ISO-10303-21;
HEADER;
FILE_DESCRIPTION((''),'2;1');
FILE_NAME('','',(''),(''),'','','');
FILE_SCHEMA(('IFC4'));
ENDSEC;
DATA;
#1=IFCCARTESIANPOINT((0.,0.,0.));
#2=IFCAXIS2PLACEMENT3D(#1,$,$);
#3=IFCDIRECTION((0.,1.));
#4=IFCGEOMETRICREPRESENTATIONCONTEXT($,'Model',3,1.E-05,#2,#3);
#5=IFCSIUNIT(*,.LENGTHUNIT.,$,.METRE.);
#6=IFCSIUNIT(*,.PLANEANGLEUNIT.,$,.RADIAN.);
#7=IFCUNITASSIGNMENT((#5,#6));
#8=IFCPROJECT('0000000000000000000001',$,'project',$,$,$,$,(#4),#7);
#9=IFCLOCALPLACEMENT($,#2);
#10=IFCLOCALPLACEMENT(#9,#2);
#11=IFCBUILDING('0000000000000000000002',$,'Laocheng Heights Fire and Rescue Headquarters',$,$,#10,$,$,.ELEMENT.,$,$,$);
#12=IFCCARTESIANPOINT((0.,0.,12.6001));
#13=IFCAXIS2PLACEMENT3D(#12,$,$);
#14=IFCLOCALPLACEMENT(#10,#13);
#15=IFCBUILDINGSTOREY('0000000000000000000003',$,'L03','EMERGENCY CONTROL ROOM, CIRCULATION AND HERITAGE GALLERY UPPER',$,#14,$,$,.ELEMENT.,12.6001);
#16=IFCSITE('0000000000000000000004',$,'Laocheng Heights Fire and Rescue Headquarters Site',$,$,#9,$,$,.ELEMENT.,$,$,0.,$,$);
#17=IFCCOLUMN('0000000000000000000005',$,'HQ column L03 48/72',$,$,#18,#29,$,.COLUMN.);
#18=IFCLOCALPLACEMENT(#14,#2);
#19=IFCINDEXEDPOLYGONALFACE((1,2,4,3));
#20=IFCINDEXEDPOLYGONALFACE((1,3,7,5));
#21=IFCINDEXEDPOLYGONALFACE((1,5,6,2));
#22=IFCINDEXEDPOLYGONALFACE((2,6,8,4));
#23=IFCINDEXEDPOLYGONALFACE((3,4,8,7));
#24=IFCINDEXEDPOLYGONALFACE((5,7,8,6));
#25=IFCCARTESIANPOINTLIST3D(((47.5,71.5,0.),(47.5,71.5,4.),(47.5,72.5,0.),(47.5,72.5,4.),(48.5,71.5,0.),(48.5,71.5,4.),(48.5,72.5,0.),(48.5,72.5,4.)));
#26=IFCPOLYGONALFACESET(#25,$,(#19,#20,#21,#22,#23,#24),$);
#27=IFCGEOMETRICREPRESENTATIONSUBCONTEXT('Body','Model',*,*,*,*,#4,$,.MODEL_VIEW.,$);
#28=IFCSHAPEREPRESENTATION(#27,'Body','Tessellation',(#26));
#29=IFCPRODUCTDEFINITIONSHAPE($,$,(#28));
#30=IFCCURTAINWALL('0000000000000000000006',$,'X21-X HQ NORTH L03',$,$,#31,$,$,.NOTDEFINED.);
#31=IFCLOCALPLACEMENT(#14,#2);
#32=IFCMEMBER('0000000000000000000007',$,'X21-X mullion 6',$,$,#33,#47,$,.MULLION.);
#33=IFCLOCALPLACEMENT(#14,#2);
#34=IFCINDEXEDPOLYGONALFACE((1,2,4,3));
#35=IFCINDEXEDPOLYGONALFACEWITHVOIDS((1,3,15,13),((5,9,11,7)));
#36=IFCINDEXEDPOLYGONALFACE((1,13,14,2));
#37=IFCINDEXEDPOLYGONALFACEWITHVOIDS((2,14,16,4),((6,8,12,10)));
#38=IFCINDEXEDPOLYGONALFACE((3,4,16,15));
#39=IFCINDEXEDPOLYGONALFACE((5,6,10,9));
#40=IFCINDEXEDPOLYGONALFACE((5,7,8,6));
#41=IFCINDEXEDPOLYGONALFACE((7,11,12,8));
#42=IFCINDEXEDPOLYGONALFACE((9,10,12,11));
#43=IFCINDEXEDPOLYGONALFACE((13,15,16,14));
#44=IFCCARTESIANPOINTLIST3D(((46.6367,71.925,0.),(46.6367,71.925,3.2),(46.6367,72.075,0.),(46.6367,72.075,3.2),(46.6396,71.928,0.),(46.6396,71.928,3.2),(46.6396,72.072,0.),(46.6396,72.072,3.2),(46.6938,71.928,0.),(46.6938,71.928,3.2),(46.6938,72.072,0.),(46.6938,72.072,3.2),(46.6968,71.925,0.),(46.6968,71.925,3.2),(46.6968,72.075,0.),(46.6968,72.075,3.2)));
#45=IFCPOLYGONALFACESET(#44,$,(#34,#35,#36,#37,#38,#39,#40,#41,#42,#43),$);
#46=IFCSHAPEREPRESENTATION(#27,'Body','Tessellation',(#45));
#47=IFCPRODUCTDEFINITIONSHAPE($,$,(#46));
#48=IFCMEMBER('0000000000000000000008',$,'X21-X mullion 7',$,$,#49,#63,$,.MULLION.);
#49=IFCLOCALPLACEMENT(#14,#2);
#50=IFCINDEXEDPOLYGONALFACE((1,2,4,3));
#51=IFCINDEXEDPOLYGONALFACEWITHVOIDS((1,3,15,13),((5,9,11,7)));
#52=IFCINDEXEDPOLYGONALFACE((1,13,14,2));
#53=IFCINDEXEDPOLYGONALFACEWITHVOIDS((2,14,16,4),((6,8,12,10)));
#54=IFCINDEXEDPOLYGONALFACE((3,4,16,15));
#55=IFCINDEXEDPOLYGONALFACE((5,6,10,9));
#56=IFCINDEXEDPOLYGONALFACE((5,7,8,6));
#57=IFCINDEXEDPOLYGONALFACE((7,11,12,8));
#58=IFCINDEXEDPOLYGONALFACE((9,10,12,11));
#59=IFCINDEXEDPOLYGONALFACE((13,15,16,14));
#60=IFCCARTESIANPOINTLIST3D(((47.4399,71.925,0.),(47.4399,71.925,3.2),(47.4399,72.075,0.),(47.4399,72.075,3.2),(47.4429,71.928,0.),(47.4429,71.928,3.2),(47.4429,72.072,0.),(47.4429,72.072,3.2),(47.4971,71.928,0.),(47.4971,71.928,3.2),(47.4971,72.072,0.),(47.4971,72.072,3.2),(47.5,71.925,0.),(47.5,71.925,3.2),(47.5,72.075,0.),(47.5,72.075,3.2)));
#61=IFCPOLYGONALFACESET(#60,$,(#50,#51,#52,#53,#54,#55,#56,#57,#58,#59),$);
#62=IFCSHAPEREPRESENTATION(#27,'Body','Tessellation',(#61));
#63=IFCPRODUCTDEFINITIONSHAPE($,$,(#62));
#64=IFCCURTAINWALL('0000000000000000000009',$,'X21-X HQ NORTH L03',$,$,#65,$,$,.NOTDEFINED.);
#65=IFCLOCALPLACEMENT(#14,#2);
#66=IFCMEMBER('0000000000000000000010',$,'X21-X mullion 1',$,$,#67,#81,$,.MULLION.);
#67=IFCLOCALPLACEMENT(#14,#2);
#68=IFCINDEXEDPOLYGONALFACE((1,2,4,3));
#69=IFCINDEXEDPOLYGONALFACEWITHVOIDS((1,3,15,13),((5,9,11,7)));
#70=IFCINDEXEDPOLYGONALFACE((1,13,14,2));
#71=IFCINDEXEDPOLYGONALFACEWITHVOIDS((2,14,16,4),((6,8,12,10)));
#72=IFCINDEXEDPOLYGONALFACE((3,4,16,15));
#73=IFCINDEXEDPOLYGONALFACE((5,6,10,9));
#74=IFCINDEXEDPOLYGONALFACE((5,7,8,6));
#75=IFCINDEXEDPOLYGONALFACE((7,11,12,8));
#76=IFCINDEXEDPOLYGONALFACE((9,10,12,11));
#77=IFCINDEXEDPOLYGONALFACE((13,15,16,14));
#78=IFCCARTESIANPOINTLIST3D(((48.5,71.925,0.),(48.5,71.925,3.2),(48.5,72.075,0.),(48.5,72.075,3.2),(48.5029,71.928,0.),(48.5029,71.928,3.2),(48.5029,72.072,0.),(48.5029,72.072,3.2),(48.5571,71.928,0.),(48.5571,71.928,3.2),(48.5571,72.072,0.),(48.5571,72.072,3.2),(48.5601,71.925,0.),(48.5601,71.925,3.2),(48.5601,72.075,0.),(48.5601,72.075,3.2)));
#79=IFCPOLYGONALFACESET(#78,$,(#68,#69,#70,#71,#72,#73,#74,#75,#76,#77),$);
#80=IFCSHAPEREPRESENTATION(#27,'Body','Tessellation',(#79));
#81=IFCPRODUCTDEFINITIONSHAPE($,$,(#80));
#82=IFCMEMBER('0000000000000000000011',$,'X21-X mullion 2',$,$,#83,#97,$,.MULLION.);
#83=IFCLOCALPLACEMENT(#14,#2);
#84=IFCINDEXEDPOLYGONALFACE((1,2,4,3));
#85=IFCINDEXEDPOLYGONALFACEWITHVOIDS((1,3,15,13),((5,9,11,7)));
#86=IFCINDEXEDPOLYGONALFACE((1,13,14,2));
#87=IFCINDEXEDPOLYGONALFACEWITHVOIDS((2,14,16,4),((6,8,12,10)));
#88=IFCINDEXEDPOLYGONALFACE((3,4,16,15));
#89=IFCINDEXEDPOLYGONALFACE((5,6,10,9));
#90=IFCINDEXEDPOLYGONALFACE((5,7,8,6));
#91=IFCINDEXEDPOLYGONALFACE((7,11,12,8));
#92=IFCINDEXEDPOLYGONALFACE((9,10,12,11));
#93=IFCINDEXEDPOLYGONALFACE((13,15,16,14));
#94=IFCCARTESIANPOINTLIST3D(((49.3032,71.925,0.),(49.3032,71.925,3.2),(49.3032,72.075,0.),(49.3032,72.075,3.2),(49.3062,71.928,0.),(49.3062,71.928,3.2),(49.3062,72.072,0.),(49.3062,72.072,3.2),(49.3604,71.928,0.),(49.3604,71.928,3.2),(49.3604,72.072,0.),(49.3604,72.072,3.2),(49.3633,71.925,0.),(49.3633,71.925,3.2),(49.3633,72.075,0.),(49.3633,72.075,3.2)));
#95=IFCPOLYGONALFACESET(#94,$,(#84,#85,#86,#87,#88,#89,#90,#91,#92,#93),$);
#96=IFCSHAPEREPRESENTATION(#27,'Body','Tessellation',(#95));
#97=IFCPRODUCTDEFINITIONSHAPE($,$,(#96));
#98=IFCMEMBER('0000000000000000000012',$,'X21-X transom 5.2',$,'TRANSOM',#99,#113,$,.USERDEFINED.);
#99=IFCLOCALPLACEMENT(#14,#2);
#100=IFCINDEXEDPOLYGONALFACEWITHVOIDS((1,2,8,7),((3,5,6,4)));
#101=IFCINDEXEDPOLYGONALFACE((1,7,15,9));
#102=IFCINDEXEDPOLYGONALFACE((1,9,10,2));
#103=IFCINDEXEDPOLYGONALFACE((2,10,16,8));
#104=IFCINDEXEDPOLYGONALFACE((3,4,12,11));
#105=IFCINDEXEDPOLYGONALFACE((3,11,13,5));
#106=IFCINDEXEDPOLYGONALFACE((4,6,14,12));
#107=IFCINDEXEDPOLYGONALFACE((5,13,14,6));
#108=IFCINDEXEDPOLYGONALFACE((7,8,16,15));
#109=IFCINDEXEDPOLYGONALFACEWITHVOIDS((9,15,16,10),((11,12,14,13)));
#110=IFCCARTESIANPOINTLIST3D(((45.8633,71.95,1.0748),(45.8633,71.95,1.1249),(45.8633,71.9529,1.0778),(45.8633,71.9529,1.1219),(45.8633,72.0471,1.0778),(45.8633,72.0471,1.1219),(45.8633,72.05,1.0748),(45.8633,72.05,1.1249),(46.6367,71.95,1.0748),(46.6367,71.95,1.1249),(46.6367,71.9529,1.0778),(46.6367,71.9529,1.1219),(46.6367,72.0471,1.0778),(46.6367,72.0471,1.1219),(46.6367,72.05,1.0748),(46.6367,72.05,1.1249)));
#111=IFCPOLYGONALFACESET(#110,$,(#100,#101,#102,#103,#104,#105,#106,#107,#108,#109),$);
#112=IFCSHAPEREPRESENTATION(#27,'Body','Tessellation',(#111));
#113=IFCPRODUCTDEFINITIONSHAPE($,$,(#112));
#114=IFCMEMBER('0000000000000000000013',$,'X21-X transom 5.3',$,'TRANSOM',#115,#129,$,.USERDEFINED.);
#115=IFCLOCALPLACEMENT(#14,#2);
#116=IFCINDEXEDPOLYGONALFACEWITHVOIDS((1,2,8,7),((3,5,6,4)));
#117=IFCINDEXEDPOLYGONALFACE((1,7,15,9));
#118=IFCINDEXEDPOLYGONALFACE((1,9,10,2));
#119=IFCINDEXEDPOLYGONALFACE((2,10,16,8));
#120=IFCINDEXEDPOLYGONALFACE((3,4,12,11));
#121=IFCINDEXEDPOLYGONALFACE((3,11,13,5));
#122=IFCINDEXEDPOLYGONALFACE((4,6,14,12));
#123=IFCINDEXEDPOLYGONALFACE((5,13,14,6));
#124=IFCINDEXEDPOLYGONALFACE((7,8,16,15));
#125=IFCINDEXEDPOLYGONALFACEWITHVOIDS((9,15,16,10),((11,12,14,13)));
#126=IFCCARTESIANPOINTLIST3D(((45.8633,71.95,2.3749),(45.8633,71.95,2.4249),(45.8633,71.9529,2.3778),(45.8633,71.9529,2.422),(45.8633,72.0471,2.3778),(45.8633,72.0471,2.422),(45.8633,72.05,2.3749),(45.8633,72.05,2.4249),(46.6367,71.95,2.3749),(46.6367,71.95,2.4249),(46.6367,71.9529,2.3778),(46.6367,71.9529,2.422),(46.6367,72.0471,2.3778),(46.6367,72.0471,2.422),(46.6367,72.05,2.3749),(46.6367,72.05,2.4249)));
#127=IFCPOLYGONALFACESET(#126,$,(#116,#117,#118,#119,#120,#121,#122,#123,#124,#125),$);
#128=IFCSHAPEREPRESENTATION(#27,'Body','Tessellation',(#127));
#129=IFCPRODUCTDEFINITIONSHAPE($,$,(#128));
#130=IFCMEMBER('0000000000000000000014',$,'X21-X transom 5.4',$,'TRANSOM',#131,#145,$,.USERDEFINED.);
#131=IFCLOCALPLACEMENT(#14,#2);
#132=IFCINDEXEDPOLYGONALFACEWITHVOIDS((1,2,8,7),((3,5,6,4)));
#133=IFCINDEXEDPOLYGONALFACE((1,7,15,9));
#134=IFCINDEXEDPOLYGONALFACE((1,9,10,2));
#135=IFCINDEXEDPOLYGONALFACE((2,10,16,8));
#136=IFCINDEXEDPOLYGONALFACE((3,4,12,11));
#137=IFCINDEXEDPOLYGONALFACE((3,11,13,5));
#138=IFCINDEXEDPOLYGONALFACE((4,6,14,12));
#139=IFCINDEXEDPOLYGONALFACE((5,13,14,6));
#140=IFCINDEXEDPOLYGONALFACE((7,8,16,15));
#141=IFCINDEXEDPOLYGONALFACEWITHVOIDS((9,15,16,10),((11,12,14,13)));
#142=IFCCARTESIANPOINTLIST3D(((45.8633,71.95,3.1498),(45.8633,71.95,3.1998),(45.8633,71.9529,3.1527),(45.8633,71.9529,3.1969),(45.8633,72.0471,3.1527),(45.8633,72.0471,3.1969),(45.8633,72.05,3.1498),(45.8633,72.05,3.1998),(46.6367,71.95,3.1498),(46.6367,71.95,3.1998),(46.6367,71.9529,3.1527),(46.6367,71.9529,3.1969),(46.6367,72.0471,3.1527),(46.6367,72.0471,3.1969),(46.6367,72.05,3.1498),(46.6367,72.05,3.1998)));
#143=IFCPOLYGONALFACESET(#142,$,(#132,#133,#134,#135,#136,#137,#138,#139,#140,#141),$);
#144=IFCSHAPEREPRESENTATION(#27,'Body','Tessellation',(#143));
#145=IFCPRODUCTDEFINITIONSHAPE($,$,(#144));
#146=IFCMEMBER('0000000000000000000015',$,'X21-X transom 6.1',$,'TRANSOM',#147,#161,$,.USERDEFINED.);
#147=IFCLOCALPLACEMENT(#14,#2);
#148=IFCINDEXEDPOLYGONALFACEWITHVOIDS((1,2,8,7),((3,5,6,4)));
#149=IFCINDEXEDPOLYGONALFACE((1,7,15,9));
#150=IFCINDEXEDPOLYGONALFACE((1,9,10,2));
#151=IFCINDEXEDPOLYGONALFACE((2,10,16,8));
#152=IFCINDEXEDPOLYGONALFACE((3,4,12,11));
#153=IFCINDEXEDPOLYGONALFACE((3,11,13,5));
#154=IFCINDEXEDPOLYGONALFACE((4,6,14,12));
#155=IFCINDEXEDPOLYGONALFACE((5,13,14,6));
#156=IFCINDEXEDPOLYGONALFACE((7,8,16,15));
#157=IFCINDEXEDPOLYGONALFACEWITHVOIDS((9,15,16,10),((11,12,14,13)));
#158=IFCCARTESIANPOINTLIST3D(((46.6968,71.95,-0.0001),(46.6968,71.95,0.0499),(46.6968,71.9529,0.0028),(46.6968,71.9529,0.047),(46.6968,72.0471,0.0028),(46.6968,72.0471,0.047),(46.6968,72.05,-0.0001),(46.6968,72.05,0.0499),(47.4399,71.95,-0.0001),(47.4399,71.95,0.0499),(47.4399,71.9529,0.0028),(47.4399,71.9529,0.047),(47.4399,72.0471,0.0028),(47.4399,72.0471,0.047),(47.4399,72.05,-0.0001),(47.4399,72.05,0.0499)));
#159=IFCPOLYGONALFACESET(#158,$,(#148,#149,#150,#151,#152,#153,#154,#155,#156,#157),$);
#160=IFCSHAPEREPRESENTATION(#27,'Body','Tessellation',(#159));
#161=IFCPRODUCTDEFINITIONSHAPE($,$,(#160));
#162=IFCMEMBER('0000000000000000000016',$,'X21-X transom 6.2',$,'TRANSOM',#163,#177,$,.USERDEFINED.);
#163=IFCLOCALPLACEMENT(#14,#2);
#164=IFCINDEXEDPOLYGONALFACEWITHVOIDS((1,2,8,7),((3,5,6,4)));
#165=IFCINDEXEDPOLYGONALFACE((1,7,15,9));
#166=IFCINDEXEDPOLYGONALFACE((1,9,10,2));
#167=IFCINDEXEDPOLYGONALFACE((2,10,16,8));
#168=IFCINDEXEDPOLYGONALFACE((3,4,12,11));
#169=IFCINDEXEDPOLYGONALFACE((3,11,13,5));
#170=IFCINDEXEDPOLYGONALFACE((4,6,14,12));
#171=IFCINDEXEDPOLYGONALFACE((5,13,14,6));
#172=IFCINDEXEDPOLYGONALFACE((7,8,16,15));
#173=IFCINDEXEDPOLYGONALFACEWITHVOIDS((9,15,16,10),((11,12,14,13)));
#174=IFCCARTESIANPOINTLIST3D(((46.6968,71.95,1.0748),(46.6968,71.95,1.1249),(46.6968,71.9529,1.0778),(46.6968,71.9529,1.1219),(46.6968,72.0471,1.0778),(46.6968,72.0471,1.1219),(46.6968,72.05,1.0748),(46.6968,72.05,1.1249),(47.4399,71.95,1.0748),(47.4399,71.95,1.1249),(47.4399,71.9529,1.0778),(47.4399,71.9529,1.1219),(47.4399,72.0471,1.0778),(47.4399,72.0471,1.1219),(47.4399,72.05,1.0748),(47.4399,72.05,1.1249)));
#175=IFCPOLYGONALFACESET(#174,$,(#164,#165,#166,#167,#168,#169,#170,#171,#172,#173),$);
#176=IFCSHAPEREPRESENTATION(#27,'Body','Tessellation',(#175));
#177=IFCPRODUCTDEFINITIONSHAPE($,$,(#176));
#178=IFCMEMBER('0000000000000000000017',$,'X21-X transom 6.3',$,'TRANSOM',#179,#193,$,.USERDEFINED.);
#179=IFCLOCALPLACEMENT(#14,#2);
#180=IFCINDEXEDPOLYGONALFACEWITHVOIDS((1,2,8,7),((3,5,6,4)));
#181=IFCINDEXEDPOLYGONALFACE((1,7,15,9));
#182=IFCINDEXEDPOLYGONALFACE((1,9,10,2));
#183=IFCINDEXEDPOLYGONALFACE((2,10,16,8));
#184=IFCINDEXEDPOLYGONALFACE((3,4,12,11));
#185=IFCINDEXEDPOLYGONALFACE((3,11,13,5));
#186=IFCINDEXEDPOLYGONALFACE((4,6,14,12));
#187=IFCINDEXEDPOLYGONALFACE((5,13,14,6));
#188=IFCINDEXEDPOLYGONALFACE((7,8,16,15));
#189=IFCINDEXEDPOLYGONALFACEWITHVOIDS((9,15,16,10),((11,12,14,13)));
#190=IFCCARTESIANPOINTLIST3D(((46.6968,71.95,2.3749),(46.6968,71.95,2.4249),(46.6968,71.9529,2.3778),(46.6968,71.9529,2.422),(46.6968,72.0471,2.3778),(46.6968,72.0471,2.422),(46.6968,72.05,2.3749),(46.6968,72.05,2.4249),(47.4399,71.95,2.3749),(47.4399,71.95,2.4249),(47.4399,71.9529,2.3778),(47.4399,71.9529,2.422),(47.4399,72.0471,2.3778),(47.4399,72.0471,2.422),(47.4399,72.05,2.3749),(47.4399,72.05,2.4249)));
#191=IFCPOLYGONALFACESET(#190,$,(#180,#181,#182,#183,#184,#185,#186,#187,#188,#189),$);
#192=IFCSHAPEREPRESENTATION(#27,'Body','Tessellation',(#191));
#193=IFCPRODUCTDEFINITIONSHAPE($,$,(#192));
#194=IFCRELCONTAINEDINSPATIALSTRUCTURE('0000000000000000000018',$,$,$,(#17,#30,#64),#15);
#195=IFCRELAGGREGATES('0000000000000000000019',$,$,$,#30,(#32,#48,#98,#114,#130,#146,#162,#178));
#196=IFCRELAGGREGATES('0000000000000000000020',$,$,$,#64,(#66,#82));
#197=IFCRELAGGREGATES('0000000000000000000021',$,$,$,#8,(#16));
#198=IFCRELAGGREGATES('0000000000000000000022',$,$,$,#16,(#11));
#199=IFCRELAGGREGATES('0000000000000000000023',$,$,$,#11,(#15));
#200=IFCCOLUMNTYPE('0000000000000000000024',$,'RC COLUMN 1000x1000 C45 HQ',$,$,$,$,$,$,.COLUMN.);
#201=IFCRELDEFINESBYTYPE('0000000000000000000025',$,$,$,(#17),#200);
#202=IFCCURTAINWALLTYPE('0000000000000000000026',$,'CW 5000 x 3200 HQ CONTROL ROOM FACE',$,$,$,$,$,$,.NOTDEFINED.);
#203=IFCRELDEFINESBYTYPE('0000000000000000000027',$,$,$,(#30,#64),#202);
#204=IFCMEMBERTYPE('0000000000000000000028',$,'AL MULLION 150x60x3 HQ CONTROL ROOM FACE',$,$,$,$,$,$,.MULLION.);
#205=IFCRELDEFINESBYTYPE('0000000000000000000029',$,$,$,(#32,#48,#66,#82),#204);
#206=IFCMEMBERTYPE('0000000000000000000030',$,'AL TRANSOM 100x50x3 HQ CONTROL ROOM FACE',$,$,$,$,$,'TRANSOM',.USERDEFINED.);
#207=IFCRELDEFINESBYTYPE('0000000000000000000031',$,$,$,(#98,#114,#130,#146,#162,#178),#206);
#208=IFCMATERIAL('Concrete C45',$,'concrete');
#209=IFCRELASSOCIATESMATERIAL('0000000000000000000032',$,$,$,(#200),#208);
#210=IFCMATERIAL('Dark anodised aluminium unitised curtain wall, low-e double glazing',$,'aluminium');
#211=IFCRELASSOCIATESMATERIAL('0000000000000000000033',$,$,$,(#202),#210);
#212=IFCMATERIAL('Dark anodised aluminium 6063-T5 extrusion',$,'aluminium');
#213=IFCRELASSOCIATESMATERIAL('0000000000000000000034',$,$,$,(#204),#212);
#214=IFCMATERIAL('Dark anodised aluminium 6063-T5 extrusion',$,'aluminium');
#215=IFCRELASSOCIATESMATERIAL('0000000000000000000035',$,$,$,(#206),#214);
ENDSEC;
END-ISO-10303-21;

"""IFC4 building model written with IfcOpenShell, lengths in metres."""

from ifc_helpers import new_model, si_unit, direction, frame, origin, origin_2d, place, context, subcontext, project, spatial, rectangle, hollow_rectangle, extrude, material, material_profile, profile_set, type_object, element, aggregate, save


model = new_model("IFC4")

# Units and contexts
model_context = context("Model", 3, precision=1e-05, world=origin(), true_north=direction((0.0, 1.0)))
body_context = subcontext(model_context, "Body", "Model", "MODEL_VIEW")
ifc_project = project(units=[si_unit("LENGTHUNIT", "METRE"), si_unit("PLANEANGLEUNIT", "RADIAN")], contexts=[model_context])

# Site, building, storey
site_placement = place(None, origin())
site = spatial("IfcSite", under=ifc_project, at=site_placement, Name="Laocheng Heights Fire and Rescue Headquarters Site", CompositionType="ELEMENT", RefElevation=0.0)
building_placement = place(site_placement, origin())
building = spatial("IfcBuilding", under=site, at=building_placement, Name="Laocheng Heights Fire and Rescue Headquarters", CompositionType="ELEMENT")
storey_placement = place(building_placement, frame((0.0, 0.0, 12.6001)))
storey = spatial("IfcBuildingStorey", under=building, at=storey_placement, Name="L03", Description="EMERGENCY CONTROL ROOM, CIRCULATION AND HERITAGE GALLERY UPPER", CompositionType="ELEMENT", Elevation=12.6001)

# Column
ifc_material_1 = material(Name="Concrete C45", Category="concrete")
ifc_material_profile_1 = material_profile(ifc_material_1, rectangle(XDim=1.0, YDim=1.0, at=origin_2d()), Name="RC COLUMN 1000x1000 C45 HQ")
ifc_profile_set_1 = profile_set([ifc_material_profile_1], Name="Concrete C45")
column_type = type_object("IfcColumnType", Name="RC COLUMN 1000x1000 C45 HQ", PredefinedType="COLUMN", material=ifc_profile_set_1)
column_placement = place(storey_placement, frame((48.0, 72.0, 0.0), z_axis=(0.0, 0.0, 1.0), x_axis=(1.0, 0.0, 0.0)))
element("IfcColumn", 1, at=column_placement, inside=storey, type_object=column_type, Name="HQ column L03 48/72", PredefinedType="COLUMN", context=body_context, shape_type="SweptSolid", body=[
    extrude(rectangle(XDim=1.0, YDim=1.0, at=origin_2d()), origin(), (0.0, 0.0, 1.0), 4.0),
])

# Curtain walls, members
ifc_material_2 = material(Name="Dark anodised aluminium unitised curtain wall, low-e double glazing", Category="aluminium")
curtain_wall_type = type_object("IfcCurtainWallType", Name="CW 5000 x 3200 HQ CONTROL ROOM FACE", PredefinedType="NOTDEFINED", material=ifc_material_2)
curtain_wall_1_placement = place(storey_placement, origin())
curtain_wall_1 = element("IfcCurtainWall", 2, at=curtain_wall_1_placement, inside=storey, type_object=curtain_wall_type, Name="X21-X HQ NORTH L03", PredefinedType="NOTDEFINED")
ifc_material_3 = material(Name="Dark anodised aluminium 6063-T5 extrusion", Category="aluminium")
ifc_material_profile_2 = material_profile(ifc_material_3, hollow_rectangle(XDim=0.1499, YDim=0.0601, WallThickness=0.0029, at=origin_2d()), Name="AL MULLION 150x60x3 HQ CONTROL ROOM FACE")
ifc_profile_set_2 = profile_set([ifc_material_profile_2], Name="Dark anodised aluminium 6063-T5 extrusion")
member_type_1 = type_object("IfcMemberType", Name="AL MULLION 150x60x3 HQ CONTROL ROOM FACE", PredefinedType="MULLION", material=ifc_profile_set_2)
member_1_placement = place(storey_placement, frame((46.6667, 72.0, 0.0), z_axis=(0.0, 0.0, 1.0), x_axis=(0.0, 1.0, 0.0)))
member_1 = element("IfcMember", 3, at=member_1_placement, type_object=member_type_1, Name="X21-X mullion 6", PredefinedType="MULLION", context=body_context, shape_type="SweptSolid", body=[
    extrude(hollow_rectangle(XDim=0.1499, YDim=0.0601, WallThickness=0.0029, at=origin_2d()), origin(), (0.0, 0.0, 1.0), 3.2),
])
member_2_placement = place(storey_placement, frame((47.47, 72.0, 0.0), z_axis=(0.0, 0.0, 1.0), x_axis=(0.0, 1.0, 0.0)))
member_2 = element("IfcMember", 4, at=member_2_placement, type_object=member_type_1, Name="X21-X mullion 7", PredefinedType="MULLION", context=body_context, shape_type="SweptSolid", body=[
    extrude(hollow_rectangle(XDim=0.1499, YDim=0.0601, WallThickness=0.0029, at=origin_2d()), origin(), (0.0, 0.0, 1.0), 3.2),
])
curtain_wall_2_placement = place(storey_placement, origin())
curtain_wall_2 = element("IfcCurtainWall", 5, at=curtain_wall_2_placement, inside=storey, type_object=curtain_wall_type, Name="X21-X HQ NORTH L03", PredefinedType="NOTDEFINED")
member_3_placement = place(storey_placement, frame((48.53, 72.0, 0.0), z_axis=(0.0, 0.0, 1.0), x_axis=(0.0, 1.0, 0.0)))
member_3 = element("IfcMember", 6, at=member_3_placement, type_object=member_type_1, Name="X21-X mullion 1", PredefinedType="MULLION", context=body_context, shape_type="SweptSolid", body=[
    extrude(hollow_rectangle(XDim=0.1499, YDim=0.0601, WallThickness=0.0029, at=origin_2d()), origin(), (0.0, 0.0, 1.0), 3.2),
])
member_4_placement = place(storey_placement, frame((49.3333, 72.0, 0.0), z_axis=(0.0, 0.0, 1.0), x_axis=(0.0, 1.0, 0.0)))
member_4 = element("IfcMember", 7, at=member_4_placement, type_object=member_type_1, Name="X21-X mullion 2", PredefinedType="MULLION", context=body_context, shape_type="SweptSolid", body=[
    extrude(hollow_rectangle(XDim=0.1499, YDim=0.0601, WallThickness=0.0029, at=origin_2d()), origin(), (0.0, 0.0, 1.0), 3.2),
])

# Members
ifc_material_4 = material(Name="Dark anodised aluminium 6063-T5 extrusion", Category="aluminium")
ifc_material_profile_3 = material_profile(ifc_material_4, hollow_rectangle(XDim=0.1001, YDim=0.05, WallThickness=0.0029, at=origin_2d()), Name="AL TRANSOM 100x50x3 HQ CONTROL ROOM FACE")
ifc_profile_set_3 = profile_set([ifc_material_profile_3], Name="Dark anodised aluminium 6063-T5 extrusion")
member_type_2 = type_object("IfcMemberType", Name="AL TRANSOM 100x50x3 HQ CONTROL ROOM FACE", ElementType="TRANSOM", PredefinedType="USERDEFINED", material=ifc_profile_set_3)
member_5_placement = place(storey_placement, frame((45.8633, 72.0, 1.0999), z_axis=(1.0, 0.0, 0.0), x_axis=(0.0, 1.0, 0.0)))
member_5 = element("IfcMember", 8, at=member_5_placement, type_object=member_type_2, Name="X21-X transom 5.2", ObjectType="TRANSOM", PredefinedType="USERDEFINED", context=body_context, shape_type="SweptSolid", body=[
    extrude(hollow_rectangle(XDim=0.1001, YDim=0.05, WallThickness=0.0029, at=origin_2d()), origin(), (0.0, 0.0, 1.0), 0.7734),
])
member_6_placement = place(storey_placement, frame((45.8633, 72.0, 2.3999), z_axis=(1.0, 0.0, 0.0), x_axis=(0.0, 1.0, 0.0)))
member_6 = element("IfcMember", 9, at=member_6_placement, type_object=member_type_2, Name="X21-X transom 5.3", ObjectType="TRANSOM", PredefinedType="USERDEFINED", context=body_context, shape_type="SweptSolid", body=[
    extrude(hollow_rectangle(XDim=0.1001, YDim=0.05, WallThickness=0.0029, at=origin_2d()), origin(), (0.0, 0.0, 1.0), 0.7734),
])
member_7_placement = place(storey_placement, frame((45.8633, 72.0, 3.1748), z_axis=(1.0, 0.0, 0.0), x_axis=(0.0, 1.0, 0.0)))
member_7 = element("IfcMember", 10, at=member_7_placement, type_object=member_type_2, Name="X21-X transom 5.4", ObjectType="TRANSOM", PredefinedType="USERDEFINED", context=body_context, shape_type="SweptSolid", body=[
    extrude(hollow_rectangle(XDim=0.1001, YDim=0.05, WallThickness=0.0029, at=origin_2d()), origin(), (0.0, 0.0, 1.0), 0.7734),
])
member_8_placement = place(storey_placement, frame((46.6968, 72.0, 0.0249), z_axis=(1.0, 0.0, 0.0), x_axis=(0.0, 1.0, 0.0)))
member_8 = element("IfcMember", 11, at=member_8_placement, type_object=member_type_2, Name="X21-X transom 6.1", ObjectType="TRANSOM", PredefinedType="USERDEFINED", context=body_context, shape_type="SweptSolid", body=[
    extrude(hollow_rectangle(XDim=0.1001, YDim=0.05, WallThickness=0.0029, at=origin_2d()), origin(), (0.0, 0.0, 1.0), 0.7432),
])
member_9_placement = place(storey_placement, frame((46.6968, 72.0, 1.0999), z_axis=(1.0, 0.0, 0.0), x_axis=(0.0, 1.0, 0.0)))
member_9 = element("IfcMember", 12, at=member_9_placement, type_object=member_type_2, Name="X21-X transom 6.2", ObjectType="TRANSOM", PredefinedType="USERDEFINED", context=body_context, shape_type="SweptSolid", body=[
    extrude(hollow_rectangle(XDim=0.1001, YDim=0.05, WallThickness=0.0029, at=origin_2d()), origin(), (0.0, 0.0, 1.0), 0.7432),
])
member_10_placement = place(storey_placement, frame((46.6968, 72.0, 2.3999), z_axis=(1.0, 0.0, 0.0), x_axis=(0.0, 1.0, 0.0)))
member_10 = element("IfcMember", 13, at=member_10_placement, type_object=member_type_2, Name="X21-X transom 6.3", ObjectType="TRANSOM", PredefinedType="USERDEFINED", context=body_context, shape_type="SweptSolid", body=[
    extrude(hollow_rectangle(XDim=0.1001, YDim=0.05, WallThickness=0.0029, at=origin_2d()), origin(), (0.0, 0.0, 1.0), 0.7432),
])

aggregate(curtain_wall_1, [member_1, member_2, member_5, member_6, member_7, member_8, member_9, member_10])
aggregate(curtain_wall_2, [member_3, member_4])

save(model, "model.ifc")
